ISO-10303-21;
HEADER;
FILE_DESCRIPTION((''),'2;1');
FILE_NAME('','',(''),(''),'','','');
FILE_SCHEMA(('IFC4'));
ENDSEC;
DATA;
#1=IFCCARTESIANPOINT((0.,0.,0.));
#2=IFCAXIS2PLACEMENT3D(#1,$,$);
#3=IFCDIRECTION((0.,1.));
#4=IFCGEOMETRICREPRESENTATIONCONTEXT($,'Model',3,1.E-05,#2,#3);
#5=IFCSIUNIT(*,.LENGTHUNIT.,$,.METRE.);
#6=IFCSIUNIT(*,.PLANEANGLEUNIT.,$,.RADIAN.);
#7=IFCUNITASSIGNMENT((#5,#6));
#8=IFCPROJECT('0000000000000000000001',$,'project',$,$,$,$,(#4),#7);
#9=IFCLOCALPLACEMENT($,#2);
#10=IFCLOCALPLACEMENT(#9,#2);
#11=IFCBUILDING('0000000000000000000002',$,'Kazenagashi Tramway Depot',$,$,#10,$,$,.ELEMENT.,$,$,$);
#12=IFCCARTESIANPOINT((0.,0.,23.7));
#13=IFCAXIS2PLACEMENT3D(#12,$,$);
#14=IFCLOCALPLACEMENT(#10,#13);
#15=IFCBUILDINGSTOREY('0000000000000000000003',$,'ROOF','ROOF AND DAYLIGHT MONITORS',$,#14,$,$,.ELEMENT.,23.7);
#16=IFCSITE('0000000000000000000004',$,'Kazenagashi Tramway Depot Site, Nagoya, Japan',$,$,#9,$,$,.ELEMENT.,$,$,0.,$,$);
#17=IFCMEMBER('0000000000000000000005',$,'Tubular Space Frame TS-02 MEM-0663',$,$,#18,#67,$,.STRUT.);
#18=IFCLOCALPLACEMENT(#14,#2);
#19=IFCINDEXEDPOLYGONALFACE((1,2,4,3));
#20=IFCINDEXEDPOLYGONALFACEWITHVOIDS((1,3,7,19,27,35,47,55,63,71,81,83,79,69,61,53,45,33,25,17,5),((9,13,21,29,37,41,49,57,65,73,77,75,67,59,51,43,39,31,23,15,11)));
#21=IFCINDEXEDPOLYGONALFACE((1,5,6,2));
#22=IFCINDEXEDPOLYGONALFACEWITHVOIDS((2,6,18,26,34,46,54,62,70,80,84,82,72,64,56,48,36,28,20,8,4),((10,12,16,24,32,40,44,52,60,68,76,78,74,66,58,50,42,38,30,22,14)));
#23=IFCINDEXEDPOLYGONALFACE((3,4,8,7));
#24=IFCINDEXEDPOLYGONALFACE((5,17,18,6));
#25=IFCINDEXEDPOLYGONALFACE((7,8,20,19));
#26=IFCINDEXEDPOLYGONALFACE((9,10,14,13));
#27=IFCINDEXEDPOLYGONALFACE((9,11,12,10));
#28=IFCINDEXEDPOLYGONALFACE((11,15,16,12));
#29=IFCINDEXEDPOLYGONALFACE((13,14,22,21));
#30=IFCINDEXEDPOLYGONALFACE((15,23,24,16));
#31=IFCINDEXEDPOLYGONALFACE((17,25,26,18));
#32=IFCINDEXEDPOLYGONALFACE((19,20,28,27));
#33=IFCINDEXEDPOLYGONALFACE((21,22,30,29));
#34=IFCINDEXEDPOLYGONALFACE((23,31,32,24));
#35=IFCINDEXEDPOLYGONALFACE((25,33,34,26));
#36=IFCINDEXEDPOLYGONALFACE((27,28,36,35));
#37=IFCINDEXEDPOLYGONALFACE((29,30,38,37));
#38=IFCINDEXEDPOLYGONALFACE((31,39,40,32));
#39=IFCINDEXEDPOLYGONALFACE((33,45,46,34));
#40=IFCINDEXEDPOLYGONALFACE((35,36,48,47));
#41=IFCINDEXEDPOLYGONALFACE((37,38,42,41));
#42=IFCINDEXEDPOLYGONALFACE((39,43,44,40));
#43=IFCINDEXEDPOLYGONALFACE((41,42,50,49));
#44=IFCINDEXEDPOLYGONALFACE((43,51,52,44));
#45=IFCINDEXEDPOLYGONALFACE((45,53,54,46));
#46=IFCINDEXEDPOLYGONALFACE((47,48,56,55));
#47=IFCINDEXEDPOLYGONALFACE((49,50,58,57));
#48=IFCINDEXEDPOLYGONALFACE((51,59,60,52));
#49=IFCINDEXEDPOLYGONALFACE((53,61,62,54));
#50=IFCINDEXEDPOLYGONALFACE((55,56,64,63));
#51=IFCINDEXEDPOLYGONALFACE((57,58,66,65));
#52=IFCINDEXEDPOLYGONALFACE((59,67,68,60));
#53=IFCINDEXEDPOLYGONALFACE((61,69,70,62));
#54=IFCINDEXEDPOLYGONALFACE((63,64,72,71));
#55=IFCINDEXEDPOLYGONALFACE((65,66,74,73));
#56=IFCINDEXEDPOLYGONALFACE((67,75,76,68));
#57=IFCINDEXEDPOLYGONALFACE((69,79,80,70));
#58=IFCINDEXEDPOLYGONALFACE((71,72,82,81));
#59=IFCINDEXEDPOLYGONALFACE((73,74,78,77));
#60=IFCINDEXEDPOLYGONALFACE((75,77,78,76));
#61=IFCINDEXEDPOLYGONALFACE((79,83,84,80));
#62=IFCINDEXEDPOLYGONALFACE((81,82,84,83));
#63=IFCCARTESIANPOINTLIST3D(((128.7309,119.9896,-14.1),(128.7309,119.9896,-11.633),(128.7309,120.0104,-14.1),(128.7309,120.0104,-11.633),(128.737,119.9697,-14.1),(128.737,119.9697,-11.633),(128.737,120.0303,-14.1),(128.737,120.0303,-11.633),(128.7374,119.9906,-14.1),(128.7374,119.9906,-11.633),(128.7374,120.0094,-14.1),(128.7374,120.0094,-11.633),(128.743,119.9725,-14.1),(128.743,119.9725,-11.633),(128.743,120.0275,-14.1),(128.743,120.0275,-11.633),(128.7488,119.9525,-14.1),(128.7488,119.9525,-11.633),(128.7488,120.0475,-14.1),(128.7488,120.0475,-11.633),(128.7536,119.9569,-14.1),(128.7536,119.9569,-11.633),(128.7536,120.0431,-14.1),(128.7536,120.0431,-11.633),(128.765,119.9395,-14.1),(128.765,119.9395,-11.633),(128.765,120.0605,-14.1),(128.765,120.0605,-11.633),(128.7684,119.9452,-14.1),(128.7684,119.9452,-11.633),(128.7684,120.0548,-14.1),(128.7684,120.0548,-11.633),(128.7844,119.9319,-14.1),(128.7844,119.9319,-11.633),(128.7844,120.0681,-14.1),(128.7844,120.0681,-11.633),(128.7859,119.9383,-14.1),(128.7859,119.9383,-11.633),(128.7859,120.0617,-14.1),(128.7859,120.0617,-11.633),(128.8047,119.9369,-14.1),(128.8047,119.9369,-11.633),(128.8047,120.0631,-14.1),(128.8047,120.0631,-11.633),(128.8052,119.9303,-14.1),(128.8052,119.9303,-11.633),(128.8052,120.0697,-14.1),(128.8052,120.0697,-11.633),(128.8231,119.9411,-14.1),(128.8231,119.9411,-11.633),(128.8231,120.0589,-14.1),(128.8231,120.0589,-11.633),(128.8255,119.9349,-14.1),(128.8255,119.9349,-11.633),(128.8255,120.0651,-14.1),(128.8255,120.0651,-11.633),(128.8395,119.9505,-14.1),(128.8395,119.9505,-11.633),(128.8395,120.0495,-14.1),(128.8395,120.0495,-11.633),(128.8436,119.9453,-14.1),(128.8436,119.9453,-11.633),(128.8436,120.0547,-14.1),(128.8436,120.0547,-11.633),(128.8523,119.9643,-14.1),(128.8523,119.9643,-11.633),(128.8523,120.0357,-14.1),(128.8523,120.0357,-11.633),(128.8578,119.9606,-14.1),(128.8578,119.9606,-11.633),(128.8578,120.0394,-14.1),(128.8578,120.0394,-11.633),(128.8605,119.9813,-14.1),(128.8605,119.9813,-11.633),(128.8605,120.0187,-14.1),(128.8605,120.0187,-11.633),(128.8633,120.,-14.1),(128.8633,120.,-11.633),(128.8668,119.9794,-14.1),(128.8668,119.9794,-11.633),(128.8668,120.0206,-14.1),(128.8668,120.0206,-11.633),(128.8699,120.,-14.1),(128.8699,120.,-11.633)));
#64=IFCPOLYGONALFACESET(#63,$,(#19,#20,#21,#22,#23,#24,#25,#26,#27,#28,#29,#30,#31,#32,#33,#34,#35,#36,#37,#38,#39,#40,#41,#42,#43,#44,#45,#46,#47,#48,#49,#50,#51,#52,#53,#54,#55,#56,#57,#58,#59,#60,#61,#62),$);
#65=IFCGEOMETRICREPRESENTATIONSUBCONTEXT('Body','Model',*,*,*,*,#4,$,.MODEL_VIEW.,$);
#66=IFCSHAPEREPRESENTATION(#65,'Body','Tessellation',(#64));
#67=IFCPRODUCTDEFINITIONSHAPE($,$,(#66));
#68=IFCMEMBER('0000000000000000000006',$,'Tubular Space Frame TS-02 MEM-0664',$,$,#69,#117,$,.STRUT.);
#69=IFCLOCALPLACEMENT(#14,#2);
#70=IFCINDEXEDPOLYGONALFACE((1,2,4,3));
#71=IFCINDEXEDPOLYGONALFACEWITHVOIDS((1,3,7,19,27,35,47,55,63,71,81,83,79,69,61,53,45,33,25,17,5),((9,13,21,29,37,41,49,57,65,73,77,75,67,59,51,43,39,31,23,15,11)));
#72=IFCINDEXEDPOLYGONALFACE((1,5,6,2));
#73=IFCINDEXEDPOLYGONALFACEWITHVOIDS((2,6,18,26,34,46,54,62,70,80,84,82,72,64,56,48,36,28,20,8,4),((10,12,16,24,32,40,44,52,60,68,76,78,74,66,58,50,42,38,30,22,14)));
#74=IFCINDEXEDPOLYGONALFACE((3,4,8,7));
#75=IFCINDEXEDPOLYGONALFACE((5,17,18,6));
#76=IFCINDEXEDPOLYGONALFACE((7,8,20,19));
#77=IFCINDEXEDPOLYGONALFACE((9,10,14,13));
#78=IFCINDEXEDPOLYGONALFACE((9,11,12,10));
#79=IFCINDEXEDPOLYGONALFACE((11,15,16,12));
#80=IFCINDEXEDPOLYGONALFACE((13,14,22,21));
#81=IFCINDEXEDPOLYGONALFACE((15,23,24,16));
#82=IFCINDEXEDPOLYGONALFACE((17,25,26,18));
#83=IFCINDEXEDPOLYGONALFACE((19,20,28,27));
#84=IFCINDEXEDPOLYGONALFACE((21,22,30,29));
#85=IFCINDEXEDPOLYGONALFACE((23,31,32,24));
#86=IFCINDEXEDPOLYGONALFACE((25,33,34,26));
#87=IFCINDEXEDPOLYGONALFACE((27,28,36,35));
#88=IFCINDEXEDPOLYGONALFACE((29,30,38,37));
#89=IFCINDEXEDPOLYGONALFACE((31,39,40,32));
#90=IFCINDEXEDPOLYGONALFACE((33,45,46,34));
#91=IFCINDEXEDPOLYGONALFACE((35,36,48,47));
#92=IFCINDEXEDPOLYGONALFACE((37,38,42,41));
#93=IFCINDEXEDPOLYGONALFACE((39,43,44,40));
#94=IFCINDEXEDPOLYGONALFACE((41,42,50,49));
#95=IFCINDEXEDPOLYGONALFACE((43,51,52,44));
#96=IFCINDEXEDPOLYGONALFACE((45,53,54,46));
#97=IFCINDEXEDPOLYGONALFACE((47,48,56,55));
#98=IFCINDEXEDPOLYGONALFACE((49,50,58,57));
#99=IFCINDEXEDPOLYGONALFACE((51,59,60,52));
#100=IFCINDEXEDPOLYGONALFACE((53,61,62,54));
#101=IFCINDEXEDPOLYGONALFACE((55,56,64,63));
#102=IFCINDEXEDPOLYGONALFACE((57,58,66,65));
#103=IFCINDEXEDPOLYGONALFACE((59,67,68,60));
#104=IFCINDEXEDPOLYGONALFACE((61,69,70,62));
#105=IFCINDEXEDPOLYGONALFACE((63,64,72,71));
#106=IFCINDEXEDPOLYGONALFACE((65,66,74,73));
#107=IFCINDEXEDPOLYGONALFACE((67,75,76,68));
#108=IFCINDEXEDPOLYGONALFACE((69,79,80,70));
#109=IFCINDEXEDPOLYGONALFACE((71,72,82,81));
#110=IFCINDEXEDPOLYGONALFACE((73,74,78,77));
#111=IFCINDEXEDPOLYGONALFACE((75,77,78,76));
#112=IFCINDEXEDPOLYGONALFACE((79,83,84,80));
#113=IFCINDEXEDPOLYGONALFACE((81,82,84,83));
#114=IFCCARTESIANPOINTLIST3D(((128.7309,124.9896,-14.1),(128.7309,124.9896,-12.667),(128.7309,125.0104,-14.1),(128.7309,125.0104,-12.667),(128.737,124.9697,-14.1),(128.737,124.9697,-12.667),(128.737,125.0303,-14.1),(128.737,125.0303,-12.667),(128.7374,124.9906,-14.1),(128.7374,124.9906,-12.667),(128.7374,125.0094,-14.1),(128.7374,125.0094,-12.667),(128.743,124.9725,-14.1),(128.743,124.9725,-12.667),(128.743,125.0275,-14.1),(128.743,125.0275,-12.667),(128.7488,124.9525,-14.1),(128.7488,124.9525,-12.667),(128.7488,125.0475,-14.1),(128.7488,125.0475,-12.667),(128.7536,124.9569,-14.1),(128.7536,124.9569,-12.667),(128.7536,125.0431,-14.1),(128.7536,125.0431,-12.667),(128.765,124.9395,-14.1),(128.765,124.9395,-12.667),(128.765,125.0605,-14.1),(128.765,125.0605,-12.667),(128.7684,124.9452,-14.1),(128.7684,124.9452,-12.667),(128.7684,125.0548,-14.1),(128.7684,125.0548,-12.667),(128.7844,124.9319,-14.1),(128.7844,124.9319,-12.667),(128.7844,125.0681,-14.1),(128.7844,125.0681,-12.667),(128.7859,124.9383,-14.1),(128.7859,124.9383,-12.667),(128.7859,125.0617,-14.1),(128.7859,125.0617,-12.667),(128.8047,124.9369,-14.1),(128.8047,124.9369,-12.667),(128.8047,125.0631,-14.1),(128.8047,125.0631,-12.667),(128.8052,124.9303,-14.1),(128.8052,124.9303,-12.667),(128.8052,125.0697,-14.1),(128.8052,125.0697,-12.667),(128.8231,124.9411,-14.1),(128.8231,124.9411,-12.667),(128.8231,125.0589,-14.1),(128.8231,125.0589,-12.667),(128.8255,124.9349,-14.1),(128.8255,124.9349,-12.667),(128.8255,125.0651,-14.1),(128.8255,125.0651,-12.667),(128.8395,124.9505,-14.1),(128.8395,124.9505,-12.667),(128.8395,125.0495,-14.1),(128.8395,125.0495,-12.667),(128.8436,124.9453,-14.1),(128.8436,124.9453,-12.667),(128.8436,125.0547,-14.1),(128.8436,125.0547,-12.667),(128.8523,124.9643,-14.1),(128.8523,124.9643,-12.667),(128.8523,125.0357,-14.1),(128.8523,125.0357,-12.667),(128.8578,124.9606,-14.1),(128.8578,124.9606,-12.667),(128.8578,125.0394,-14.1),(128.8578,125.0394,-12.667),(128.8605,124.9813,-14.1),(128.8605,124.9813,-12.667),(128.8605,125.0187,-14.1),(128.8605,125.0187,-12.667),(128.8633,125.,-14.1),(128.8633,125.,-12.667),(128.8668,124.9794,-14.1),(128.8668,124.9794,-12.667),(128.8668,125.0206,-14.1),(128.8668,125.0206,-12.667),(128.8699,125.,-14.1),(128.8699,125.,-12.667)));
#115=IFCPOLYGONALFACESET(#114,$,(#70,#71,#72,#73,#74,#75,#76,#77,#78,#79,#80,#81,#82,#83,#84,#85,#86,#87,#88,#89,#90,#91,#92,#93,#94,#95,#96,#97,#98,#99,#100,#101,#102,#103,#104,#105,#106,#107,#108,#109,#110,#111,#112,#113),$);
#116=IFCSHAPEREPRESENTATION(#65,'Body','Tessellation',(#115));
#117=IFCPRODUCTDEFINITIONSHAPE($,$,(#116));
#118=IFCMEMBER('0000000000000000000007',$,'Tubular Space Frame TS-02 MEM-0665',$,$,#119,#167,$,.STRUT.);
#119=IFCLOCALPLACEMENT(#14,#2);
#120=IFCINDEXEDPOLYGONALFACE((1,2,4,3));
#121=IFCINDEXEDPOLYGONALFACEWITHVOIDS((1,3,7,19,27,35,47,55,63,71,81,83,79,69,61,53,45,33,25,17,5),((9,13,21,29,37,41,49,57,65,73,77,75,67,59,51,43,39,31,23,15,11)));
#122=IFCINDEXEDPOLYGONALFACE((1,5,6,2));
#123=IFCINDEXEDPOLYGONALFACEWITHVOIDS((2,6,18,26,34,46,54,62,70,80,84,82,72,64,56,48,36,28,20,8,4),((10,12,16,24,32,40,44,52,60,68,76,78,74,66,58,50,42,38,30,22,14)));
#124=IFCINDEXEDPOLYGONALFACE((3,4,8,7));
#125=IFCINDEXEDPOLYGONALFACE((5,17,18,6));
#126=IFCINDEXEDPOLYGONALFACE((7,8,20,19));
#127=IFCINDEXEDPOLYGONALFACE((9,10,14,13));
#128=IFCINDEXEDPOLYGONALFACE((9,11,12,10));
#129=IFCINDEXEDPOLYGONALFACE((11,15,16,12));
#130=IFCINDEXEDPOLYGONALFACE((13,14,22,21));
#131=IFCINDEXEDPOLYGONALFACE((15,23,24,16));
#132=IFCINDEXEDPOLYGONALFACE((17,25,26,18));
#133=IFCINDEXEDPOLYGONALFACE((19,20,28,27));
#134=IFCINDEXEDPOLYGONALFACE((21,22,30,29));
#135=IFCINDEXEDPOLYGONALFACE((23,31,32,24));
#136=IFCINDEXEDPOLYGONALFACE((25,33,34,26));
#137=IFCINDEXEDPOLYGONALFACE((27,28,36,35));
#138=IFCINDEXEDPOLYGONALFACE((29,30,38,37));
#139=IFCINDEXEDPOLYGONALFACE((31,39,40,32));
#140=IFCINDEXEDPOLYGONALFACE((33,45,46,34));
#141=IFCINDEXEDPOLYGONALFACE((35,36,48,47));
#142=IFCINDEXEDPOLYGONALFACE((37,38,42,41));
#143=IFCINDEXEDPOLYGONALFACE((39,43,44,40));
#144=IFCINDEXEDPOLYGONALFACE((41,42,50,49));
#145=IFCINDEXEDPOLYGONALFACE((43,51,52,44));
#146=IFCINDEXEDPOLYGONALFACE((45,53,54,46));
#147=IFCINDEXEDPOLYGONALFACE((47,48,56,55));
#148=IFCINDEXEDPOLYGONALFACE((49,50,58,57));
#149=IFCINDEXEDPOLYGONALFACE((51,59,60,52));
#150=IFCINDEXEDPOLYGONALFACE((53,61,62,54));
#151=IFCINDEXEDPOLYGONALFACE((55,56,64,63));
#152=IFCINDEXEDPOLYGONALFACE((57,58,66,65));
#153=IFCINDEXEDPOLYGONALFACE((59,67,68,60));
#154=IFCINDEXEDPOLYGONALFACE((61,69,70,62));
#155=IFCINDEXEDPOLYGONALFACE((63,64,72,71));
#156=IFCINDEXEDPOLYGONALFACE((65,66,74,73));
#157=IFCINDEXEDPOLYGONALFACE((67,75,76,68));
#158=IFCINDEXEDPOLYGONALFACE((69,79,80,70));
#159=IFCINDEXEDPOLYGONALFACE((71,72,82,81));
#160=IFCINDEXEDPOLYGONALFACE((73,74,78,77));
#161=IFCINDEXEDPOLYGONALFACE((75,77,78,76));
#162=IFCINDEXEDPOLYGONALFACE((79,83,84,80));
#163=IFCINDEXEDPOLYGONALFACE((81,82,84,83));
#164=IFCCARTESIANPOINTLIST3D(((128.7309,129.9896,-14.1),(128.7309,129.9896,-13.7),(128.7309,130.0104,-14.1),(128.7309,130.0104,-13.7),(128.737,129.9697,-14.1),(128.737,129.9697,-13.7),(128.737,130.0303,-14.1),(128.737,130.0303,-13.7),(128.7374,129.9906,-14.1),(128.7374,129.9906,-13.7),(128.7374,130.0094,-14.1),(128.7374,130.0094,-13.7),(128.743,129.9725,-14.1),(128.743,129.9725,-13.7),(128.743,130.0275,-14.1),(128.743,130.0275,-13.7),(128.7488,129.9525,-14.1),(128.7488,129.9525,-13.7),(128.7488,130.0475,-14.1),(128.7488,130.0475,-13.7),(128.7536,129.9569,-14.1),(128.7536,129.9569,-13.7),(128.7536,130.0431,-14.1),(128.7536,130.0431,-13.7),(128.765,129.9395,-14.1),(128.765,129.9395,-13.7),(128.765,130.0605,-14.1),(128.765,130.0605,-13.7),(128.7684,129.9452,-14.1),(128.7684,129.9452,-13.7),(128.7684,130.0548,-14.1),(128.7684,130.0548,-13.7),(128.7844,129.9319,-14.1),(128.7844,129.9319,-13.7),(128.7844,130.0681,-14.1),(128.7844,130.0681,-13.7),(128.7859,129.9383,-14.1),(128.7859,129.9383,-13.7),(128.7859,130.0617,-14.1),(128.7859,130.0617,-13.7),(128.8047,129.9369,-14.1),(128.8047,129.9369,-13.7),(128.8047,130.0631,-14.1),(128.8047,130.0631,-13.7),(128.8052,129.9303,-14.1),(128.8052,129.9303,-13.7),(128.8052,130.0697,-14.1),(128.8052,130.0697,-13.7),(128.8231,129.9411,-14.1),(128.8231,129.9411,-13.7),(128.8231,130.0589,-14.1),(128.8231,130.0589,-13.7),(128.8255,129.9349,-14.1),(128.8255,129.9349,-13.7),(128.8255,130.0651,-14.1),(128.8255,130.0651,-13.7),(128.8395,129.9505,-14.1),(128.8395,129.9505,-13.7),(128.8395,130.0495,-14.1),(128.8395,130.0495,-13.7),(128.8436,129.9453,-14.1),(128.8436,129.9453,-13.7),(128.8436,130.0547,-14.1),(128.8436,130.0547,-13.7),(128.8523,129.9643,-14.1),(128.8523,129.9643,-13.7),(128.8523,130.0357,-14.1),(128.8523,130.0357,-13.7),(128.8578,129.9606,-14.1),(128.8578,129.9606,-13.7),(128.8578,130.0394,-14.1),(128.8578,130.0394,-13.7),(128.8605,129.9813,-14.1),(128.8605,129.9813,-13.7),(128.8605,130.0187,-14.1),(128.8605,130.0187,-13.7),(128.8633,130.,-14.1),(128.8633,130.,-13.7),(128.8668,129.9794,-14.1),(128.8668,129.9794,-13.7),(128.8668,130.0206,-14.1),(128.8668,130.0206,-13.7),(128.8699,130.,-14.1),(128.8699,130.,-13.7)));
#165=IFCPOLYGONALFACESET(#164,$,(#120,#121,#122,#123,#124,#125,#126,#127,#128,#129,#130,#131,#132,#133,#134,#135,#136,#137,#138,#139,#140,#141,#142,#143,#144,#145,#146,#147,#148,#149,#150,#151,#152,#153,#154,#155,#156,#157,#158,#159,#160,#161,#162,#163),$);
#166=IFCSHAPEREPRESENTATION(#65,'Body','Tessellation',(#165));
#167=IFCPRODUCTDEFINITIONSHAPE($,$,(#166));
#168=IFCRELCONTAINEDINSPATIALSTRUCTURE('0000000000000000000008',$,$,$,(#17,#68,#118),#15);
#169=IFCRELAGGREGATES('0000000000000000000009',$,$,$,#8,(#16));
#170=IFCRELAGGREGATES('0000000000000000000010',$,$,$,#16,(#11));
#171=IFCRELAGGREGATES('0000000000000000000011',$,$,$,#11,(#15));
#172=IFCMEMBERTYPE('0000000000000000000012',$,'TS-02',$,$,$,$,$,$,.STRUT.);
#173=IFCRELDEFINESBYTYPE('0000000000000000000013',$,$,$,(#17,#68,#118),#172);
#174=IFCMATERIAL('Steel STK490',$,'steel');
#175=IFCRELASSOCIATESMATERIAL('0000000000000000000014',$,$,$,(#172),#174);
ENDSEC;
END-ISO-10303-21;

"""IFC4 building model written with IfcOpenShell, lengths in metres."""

from ifc_helpers import new_model, si_unit, direction, frame, origin, origin_2d, place, context, subcontext, project, spatial, hollow_circle, extrude, material, material_profile, profile_set, type_object, element, save


model = new_model("IFC4")

# Units and contexts
model_context = context("Model", 3, precision=1e-05, world=origin(), true_north=direction((0.0, 1.0)))
body_context = subcontext(model_context, "Body", "Model", "MODEL_VIEW")
ifc_project = project(units=[si_unit("LENGTHUNIT", "METRE"), si_unit("PLANEANGLEUNIT", "RADIAN")], contexts=[model_context])

# Site, building, storey
site_placement = place(None, origin())
site = spatial("IfcSite", under=ifc_project, at=site_placement, Name="Kazenagashi Tramway Depot Site, Nagoya, Japan", CompositionType="ELEMENT", RefElevation=0.0)
building_placement = place(site_placement, origin())
building = spatial("IfcBuilding", under=site, at=building_placement, Name="Kazenagashi Tramway Depot", CompositionType="ELEMENT")
storey_placement = place(building_placement, frame((0.0, 0.0, 23.7)))
storey = spatial("IfcBuildingStorey", under=building, at=storey_placement, Name="ROOF", Description="ROOF AND DAYLIGHT MONITORS", CompositionType="ELEMENT", Elevation=23.7)

# Members
ifc_material_1 = material(Name="Steel STK490", Category="steel")
ifc_material_profile_1 = material_profile(ifc_material_1, hollow_circle(Radius=0.0699, WallThickness=0.0066, at=origin_2d()), Name="CHS-139.8x6.6")
ifc_profile_set_1 = profile_set([ifc_material_profile_1], Name="Steel STK490")
member_type_1 = type_object("IfcMemberType", Name="TS-02", PredefinedType="STRUT", material=ifc_profile_set_1)
member_1_placement = place(storey_placement, frame((128.8, 120.0, -14.1), z_axis=(0.0, 0.0, 1.0), x_axis=(1.0, 0.0, 0.0)))
element("IfcMember", 1, at=member_1_placement, inside=storey, type_object=member_type_1, Name="Tubular Space Frame TS-02 MEM-0663", PredefinedType="STRUT", context=body_context, shape_type="SweptSolid", body=[
    extrude(hollow_circle(Radius=0.0699, WallThickness=0.0066, at=origin_2d()), origin(), (0.0, 0.0, 1.0), 2.467),
])
member_2_placement = place(storey_placement, frame((128.8, 125.0, -14.1), z_axis=(0.0, 0.0, 1.0), x_axis=(1.0, 0.0, 0.0)))
element("IfcMember", 2, at=member_2_placement, inside=storey, type_object=member_type_1, Name="Tubular Space Frame TS-02 MEM-0664", PredefinedType="STRUT", context=body_context, shape_type="SweptSolid", body=[
    extrude(hollow_circle(Radius=0.0699, WallThickness=0.0066, at=origin_2d()), origin(), (0.0, 0.0, 1.0), 1.433),
])
member_3_placement = place(storey_placement, frame((128.8, 130.0, -14.1), z_axis=(0.0, 0.0, 1.0), x_axis=(1.0, 0.0, 0.0)))
element("IfcMember", 3, at=member_3_placement, inside=storey, type_object=member_type_1, Name="Tubular Space Frame TS-02 MEM-0665", PredefinedType="STRUT", context=body_context, shape_type="SweptSolid", body=[
    extrude(hollow_circle(Radius=0.0699, WallThickness=0.0066, at=origin_2d()), origin(), (0.0, 0.0, 1.0), 0.4),
])

save(model, "model.ifc")
